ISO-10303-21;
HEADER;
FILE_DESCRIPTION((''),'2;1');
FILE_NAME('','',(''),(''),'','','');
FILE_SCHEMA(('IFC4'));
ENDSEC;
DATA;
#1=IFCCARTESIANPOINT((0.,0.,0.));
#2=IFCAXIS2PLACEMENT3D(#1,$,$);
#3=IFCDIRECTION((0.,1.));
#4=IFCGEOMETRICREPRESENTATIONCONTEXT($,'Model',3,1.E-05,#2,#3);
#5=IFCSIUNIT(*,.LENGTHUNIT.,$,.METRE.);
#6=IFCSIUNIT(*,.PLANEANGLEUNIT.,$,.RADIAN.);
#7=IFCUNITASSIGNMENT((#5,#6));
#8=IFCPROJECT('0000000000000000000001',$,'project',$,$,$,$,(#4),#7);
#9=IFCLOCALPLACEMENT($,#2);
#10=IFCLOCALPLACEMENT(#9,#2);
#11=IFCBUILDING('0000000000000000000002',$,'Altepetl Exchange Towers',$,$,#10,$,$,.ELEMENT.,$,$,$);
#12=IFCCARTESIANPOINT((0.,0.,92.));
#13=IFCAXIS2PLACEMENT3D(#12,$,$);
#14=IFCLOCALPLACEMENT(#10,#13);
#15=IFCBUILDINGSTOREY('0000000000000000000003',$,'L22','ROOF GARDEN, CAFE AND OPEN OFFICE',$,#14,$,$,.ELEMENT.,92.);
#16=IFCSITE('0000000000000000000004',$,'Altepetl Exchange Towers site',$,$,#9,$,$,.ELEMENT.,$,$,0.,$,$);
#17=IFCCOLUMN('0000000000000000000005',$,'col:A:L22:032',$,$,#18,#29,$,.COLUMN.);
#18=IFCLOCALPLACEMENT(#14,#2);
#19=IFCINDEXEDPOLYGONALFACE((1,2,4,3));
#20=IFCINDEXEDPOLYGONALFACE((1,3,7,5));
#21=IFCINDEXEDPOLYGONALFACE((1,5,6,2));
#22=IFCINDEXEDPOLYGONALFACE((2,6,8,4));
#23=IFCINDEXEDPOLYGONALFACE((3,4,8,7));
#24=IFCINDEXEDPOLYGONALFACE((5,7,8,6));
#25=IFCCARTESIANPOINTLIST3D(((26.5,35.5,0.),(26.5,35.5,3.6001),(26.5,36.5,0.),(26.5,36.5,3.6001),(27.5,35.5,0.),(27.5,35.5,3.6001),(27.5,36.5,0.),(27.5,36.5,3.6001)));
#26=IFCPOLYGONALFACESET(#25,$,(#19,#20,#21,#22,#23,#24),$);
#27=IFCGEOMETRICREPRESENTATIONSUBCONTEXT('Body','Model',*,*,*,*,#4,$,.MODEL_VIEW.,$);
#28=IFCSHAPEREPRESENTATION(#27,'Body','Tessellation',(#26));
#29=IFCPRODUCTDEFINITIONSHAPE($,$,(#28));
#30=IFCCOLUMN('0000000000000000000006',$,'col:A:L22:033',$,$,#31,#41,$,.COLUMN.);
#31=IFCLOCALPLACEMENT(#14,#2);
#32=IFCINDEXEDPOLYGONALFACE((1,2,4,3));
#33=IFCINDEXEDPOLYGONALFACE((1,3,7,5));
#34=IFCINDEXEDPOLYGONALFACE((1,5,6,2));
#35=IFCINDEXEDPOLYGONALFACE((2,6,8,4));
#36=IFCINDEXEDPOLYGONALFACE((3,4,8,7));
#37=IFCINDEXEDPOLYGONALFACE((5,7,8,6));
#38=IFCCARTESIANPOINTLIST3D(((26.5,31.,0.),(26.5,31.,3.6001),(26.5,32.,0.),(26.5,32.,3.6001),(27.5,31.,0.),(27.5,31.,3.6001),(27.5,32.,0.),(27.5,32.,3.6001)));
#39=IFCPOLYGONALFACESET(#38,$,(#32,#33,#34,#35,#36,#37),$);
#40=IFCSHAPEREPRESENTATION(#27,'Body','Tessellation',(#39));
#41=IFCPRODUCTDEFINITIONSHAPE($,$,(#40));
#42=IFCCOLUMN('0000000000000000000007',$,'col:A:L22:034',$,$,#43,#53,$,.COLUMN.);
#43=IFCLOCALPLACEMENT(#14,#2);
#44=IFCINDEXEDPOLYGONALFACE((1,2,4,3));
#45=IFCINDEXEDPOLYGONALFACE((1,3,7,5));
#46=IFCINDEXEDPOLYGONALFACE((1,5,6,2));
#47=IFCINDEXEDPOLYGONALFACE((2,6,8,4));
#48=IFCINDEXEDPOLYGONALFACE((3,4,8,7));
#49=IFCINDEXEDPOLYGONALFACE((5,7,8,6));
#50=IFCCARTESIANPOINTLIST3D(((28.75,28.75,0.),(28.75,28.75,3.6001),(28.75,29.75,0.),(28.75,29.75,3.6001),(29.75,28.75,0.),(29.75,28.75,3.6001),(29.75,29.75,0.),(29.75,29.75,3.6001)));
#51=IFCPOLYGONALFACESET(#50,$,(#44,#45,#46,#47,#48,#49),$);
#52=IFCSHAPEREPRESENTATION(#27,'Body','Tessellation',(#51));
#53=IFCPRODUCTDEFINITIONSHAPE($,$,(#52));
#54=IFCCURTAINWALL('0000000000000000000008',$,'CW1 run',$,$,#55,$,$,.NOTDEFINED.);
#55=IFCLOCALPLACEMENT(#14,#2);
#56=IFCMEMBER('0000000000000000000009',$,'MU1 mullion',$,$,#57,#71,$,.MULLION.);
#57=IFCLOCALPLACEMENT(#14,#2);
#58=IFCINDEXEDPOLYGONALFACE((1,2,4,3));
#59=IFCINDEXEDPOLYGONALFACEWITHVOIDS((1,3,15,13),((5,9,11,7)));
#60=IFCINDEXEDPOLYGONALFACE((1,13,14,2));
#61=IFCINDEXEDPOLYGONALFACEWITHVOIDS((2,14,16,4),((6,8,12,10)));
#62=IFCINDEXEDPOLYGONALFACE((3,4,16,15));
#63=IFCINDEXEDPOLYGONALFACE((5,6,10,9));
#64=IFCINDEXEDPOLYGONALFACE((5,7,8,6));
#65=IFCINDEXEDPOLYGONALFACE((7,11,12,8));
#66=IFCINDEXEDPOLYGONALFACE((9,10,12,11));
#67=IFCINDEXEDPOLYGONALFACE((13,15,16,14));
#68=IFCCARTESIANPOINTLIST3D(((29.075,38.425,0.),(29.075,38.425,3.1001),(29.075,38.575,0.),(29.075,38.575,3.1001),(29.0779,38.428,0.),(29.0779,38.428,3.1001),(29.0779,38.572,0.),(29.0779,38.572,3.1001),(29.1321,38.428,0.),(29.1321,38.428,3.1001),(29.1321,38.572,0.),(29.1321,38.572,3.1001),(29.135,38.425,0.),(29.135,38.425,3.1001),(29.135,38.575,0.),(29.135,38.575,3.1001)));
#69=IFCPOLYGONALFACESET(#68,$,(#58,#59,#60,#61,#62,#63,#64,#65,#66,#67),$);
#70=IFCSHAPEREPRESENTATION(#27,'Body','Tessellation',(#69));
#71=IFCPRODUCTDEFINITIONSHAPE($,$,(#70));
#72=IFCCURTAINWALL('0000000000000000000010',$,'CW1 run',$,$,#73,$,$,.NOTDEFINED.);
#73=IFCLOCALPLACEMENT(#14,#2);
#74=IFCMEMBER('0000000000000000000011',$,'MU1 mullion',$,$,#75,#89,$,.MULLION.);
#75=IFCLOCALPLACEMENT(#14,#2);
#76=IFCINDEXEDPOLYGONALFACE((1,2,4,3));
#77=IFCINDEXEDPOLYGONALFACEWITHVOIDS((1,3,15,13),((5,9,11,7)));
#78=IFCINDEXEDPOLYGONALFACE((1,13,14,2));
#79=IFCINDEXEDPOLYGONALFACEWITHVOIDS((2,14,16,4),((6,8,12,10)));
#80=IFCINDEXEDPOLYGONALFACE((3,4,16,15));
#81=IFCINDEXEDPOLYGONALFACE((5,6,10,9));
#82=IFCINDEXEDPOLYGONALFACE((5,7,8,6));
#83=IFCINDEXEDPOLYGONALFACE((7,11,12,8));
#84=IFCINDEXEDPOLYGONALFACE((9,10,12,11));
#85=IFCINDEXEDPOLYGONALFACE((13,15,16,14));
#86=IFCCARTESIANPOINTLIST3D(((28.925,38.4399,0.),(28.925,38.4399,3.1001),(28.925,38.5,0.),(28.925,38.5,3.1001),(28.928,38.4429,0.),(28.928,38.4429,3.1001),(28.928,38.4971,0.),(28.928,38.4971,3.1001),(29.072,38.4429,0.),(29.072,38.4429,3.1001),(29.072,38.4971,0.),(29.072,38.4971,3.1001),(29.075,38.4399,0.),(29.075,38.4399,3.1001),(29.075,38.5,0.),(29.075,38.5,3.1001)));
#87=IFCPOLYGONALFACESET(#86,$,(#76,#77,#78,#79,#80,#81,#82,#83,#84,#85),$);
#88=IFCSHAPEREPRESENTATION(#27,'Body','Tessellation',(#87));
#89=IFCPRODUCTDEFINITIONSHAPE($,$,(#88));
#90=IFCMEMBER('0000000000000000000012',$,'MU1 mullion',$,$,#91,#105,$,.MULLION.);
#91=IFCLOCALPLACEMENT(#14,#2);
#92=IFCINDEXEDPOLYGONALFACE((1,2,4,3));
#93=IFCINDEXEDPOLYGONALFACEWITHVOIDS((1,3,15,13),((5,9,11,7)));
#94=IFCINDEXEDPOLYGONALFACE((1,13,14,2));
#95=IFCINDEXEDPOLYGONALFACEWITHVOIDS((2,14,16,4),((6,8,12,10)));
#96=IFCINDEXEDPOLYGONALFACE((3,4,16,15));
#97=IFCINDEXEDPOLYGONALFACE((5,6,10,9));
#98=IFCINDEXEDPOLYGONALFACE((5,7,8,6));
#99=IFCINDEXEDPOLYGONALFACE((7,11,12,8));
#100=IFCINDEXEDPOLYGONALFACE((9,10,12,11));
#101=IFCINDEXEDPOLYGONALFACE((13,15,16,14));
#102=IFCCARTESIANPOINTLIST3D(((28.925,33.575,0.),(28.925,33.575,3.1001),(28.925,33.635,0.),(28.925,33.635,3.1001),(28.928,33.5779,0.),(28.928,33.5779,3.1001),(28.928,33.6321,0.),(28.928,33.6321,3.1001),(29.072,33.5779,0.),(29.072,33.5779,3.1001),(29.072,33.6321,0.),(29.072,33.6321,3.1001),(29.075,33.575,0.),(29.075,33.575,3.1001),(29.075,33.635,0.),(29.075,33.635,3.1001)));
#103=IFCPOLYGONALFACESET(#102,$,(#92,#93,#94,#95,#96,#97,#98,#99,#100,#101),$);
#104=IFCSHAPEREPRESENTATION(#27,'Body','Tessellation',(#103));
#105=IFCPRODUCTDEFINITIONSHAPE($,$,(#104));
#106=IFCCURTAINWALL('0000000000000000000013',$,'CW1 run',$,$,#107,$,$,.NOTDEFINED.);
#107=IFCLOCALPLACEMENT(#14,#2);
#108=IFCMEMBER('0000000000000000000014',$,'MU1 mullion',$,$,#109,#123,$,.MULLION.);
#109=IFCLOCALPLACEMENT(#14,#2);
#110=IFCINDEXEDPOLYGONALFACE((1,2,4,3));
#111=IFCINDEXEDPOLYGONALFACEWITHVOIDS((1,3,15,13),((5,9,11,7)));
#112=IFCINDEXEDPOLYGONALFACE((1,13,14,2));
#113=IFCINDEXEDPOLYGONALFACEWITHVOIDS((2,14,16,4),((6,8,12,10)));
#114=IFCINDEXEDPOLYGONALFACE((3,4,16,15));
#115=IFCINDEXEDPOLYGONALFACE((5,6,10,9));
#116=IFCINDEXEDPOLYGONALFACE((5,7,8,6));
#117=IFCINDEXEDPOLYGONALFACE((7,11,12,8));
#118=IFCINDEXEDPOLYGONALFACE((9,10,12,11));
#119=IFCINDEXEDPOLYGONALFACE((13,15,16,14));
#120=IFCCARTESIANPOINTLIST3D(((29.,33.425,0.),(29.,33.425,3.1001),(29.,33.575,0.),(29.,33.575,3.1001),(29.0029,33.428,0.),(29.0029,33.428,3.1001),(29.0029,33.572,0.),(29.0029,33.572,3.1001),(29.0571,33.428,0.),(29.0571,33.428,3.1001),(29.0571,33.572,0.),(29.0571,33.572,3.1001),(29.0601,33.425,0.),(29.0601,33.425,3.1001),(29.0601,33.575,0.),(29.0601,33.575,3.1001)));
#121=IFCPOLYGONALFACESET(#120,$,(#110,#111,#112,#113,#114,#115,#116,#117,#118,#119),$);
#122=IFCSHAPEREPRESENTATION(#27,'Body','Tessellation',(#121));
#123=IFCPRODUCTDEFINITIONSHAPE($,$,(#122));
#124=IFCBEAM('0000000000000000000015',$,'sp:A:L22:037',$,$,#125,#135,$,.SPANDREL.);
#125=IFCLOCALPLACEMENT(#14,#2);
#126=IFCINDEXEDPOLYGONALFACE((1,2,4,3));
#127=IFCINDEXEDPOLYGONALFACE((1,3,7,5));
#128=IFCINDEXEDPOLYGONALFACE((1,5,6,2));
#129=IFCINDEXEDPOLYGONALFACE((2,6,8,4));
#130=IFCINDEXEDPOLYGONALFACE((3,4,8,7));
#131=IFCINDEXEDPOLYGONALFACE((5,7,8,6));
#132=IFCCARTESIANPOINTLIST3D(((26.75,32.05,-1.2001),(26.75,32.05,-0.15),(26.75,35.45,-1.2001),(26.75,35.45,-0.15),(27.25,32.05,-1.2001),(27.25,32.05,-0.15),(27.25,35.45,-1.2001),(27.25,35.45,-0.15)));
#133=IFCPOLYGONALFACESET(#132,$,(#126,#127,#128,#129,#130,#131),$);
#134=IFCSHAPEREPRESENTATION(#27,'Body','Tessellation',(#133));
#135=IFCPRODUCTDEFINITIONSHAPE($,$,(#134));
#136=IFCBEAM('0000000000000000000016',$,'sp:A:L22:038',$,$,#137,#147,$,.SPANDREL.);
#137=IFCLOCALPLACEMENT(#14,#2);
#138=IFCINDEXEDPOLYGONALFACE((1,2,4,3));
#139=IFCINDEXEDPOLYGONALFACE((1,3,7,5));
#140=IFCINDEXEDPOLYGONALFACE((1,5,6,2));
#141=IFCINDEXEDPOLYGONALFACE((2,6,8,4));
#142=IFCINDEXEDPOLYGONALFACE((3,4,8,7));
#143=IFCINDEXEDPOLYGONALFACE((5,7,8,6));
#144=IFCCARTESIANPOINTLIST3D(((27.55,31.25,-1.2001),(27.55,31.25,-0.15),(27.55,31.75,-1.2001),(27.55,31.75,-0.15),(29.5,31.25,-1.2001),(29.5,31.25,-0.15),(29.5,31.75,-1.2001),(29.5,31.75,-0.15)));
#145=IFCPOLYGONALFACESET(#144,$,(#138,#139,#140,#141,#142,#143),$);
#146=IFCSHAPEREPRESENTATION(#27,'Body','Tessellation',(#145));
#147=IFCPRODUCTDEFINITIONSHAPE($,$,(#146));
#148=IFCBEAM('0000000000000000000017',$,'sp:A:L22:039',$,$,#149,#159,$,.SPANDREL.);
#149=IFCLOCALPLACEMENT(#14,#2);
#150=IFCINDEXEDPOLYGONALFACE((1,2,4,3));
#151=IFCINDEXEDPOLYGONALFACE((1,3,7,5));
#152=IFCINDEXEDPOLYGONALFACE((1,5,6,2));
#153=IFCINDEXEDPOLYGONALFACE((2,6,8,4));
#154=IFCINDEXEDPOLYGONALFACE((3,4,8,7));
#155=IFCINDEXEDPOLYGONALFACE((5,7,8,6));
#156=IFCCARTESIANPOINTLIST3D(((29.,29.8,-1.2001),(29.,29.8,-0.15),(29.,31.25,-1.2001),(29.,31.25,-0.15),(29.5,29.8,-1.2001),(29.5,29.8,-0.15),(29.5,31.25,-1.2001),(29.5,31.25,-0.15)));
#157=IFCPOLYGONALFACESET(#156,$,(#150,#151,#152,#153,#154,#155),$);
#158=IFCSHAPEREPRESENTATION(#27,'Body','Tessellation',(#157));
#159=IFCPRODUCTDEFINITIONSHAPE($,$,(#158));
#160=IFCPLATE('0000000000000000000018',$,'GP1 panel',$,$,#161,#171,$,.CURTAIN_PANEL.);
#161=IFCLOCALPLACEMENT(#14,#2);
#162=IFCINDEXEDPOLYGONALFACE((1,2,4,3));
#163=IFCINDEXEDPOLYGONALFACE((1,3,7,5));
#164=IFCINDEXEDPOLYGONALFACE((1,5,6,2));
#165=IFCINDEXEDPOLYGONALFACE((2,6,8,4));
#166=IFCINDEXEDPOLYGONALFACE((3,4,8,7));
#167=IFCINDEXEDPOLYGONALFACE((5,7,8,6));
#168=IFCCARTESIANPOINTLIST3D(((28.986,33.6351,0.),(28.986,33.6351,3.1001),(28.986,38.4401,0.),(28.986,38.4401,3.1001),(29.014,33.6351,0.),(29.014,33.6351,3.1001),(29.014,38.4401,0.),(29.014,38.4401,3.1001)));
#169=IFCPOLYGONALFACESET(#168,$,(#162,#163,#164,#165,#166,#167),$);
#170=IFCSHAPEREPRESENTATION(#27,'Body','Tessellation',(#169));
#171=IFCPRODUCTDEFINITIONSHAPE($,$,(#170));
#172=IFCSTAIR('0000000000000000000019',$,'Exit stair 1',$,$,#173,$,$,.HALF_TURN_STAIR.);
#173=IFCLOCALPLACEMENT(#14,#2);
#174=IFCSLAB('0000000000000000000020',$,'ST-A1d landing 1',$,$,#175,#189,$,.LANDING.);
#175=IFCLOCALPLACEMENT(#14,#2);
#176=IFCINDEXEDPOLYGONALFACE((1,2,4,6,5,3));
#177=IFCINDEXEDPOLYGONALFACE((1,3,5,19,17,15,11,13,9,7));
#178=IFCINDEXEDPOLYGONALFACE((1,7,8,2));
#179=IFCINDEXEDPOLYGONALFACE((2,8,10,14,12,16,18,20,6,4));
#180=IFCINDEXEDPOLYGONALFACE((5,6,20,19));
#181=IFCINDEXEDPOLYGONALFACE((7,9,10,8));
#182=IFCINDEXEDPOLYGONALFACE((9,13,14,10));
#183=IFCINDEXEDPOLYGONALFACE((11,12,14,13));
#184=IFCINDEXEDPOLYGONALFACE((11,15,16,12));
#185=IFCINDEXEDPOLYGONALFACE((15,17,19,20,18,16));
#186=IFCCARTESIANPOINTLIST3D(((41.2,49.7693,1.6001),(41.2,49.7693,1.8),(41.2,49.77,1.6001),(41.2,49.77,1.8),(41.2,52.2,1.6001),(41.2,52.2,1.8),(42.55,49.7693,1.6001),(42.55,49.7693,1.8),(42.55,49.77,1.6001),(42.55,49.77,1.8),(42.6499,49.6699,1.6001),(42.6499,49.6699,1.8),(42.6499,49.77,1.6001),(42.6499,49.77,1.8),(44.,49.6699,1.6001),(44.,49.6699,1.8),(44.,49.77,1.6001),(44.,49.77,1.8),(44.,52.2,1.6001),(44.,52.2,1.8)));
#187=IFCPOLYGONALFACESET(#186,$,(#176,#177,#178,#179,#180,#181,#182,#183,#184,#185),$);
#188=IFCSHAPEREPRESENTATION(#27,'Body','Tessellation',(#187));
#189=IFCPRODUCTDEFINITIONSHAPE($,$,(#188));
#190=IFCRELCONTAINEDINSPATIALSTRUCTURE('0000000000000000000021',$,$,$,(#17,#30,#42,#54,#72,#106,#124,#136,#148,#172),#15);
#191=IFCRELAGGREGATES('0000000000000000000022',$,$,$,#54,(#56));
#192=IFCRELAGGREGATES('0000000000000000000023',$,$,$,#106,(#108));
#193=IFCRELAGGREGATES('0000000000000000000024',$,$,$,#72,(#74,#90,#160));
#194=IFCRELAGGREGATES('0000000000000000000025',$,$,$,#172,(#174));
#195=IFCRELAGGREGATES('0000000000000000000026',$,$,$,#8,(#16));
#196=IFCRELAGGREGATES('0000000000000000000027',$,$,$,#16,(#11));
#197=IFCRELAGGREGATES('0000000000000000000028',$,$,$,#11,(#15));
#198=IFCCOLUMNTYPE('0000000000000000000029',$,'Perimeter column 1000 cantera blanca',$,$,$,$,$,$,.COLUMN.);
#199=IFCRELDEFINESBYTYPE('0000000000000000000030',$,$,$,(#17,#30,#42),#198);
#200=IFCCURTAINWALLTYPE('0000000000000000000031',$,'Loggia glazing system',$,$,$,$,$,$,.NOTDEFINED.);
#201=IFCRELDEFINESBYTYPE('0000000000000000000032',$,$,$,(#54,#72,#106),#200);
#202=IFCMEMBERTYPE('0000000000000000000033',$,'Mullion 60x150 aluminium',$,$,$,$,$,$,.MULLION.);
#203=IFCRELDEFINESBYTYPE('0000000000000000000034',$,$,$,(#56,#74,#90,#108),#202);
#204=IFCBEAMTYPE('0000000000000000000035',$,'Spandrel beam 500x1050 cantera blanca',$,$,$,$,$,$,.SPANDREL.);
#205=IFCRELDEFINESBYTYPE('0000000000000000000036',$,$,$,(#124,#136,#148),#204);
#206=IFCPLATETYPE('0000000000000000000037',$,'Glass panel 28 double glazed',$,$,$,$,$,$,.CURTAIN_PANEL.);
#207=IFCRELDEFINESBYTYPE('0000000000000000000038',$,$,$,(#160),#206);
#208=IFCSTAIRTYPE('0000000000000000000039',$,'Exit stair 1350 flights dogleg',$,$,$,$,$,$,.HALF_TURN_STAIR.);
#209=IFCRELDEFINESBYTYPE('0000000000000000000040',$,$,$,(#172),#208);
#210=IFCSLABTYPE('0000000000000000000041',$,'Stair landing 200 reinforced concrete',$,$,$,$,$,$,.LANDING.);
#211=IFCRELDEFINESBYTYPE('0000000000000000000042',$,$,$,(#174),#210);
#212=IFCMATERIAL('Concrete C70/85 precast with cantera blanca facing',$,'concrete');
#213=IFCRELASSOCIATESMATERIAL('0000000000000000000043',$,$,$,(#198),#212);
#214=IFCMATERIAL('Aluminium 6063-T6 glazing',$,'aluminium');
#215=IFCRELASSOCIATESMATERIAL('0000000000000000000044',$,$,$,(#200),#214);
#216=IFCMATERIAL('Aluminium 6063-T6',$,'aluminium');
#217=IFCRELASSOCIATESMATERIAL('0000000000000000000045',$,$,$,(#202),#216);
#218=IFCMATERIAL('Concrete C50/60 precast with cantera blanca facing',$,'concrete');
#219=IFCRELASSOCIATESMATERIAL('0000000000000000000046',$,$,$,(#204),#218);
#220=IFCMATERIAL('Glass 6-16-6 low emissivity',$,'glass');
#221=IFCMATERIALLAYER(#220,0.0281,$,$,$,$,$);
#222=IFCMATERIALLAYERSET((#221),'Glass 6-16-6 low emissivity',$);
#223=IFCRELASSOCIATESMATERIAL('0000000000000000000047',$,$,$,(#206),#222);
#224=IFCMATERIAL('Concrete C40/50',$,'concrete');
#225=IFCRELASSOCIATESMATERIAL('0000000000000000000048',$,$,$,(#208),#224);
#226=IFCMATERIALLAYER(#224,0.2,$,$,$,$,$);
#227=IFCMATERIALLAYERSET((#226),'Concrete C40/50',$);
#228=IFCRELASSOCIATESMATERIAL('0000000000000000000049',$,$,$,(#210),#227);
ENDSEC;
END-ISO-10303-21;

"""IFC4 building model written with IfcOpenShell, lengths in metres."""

from ifc_helpers import new_model, si_unit, direction, frame, origin, origin_2d, place, context, subcontext, project, spatial, polyline, rectangle, hollow_rectangle, outline, extrude, material, layer, layer_set, material_profile, profile_set, type_object, element, aggregate, save


model = new_model("IFC4")

# Units and contexts
model_context = context("Model", 3, precision=1e-05, world=origin(), true_north=direction((0.0, 1.0)))
body_context = subcontext(model_context, "Body", "Model", "MODEL_VIEW")
ifc_project = project(units=[si_unit("LENGTHUNIT", "METRE"), si_unit("PLANEANGLEUNIT", "RADIAN")], contexts=[model_context])

# Site, building, storey
site_placement = place(None, origin())
site = spatial("IfcSite", under=ifc_project, at=site_placement, Name="Altepetl Exchange Towers site", CompositionType="ELEMENT", RefElevation=0.0)
building_placement = place(site_placement, origin())
building = spatial("IfcBuilding", under=site, at=building_placement, Name="Altepetl Exchange Towers", CompositionType="ELEMENT")
storey_placement = place(building_placement, frame((0.0, 0.0, 92.0)))
storey = spatial("IfcBuildingStorey", under=building, at=storey_placement, Name="L22", Description="ROOF GARDEN, CAFE AND OPEN OFFICE", CompositionType="ELEMENT", Elevation=92.0)

# Columns
ifc_material_1 = material(Name="Concrete C70/85 precast with cantera blanca facing", Category="concrete")
ifc_material_profile_1 = material_profile(ifc_material_1, rectangle(XDim=1.0, YDim=1.0, at=origin_2d()), Name="1000 x 1000")
ifc_profile_set_1 = profile_set([ifc_material_profile_1], Name="Concrete C70/85 precast with cantera blanca facing")
column_type = type_object("IfcColumnType", Name="Perimeter column 1000 cantera blanca", PredefinedType="COLUMN", material=ifc_profile_set_1)
for number, where, name in (
    (1, (27.0, 36.0, 0.0), "col:A:L22:032"),
    (2, (27.0, 31.5, 0.0), "col:A:L22:033"),
    (3, (29.25, 29.25, 0.0), "col:A:L22:034"),
):
    element("IfcColumn", number, at=place(storey_placement, frame(where)), inside=storey, type_object=column_type, Name=name, PredefinedType="COLUMN", context=body_context, shape_type="SweptSolid", body=[
        extrude(rectangle(XDim=1.0, YDim=1.0, at=origin_2d()), origin(), (0.0, 0.0, 1.0), 3.6001),
    ])

# Curtain wall, member
ifc_material_2 = material(Name="Aluminium 6063-T6 glazing", Category="aluminium")
curtain_wall_type = type_object("IfcCurtainWallType", Name="Loggia glazing system", PredefinedType="NOTDEFINED", material=ifc_material_2)
curtain_wall_1_placement = place(storey_placement, origin())
curtain_wall_1 = element("IfcCurtainWall", 4, at=curtain_wall_1_placement, inside=storey, type_object=curtain_wall_type, Name="CW1 run", PredefinedType="NOTDEFINED")
ifc_material_3 = material(Name="Aluminium 6063-T6", Category="aluminium")
ifc_material_profile_2 = material_profile(ifc_material_3, hollow_rectangle(XDim=0.0601, YDim=0.1499, WallThickness=0.0029, at=origin_2d()), Name="Mullion 60x150 aluminium")
ifc_profile_set_2 = profile_set([ifc_material_profile_2], Name="Aluminium 6063-T6")
member_type = type_object("IfcMemberType", Name="Mullion 60x150 aluminium", PredefinedType="MULLION", material=ifc_profile_set_2)
member_1_placement = place(storey_placement, frame((29.105, 38.5, 0.0), z_axis=(0.0, 0.0, 1.0), x_axis=(-1.0, 0.0, 0.0)))
member_1 = element("IfcMember", 5, at=member_1_placement, type_object=member_type, Name="MU1 mullion", PredefinedType="MULLION", context=body_context, shape_type="SweptSolid", body=[
    extrude(hollow_rectangle(XDim=0.0601, YDim=0.1499, WallThickness=0.0029, at=origin_2d()), origin(), (0.0, 0.0, 1.0), 3.1001),
])
aggregate(curtain_wall_1, [member_1])

# Curtain wall, members
curtain_wall_2_placement = place(storey_placement, origin())
curtain_wall_2 = element("IfcCurtainWall", 6, at=curtain_wall_2_placement, inside=storey, type_object=curtain_wall_type, Name="CW1 run", PredefinedType="NOTDEFINED")
member_2_placement = place(storey_placement, frame((29.0, 38.47, 0.0), z_axis=(0.0, 0.0, 1.0), x_axis=(0.0, -1.0, 0.0)))
member_2 = element("IfcMember", 7, at=member_2_placement, type_object=member_type, Name="MU1 mullion", PredefinedType="MULLION", context=body_context, shape_type="SweptSolid", body=[
    extrude(hollow_rectangle(XDim=0.0601, YDim=0.1499, WallThickness=0.0029, at=origin_2d()), origin(), (0.0, 0.0, 1.0), 3.1001),
])
member_3_placement = place(storey_placement, frame((29.0, 33.605, 0.0), z_axis=(0.0, 0.0, 1.0), x_axis=(0.0, -1.0, 0.0)))
member_3 = element("IfcMember", 8, at=member_3_placement, type_object=member_type, Name="MU1 mullion", PredefinedType="MULLION", context=body_context, shape_type="SweptSolid", body=[
    extrude(hollow_rectangle(XDim=0.0601, YDim=0.1499, WallThickness=0.0029, at=origin_2d()), origin(), (0.0, 0.0, 1.0), 3.1001),
])

# Curtain wall, member
curtain_wall_3_placement = place(storey_placement, origin())
curtain_wall_3 = element("IfcCurtainWall", 9, at=curtain_wall_3_placement, inside=storey, type_object=curtain_wall_type, Name="CW1 run", PredefinedType="NOTDEFINED")
member_4_placement = place(storey_placement, frame((29.03, 33.5, 0.0)))
member_4 = element("IfcMember", 10, at=member_4_placement, type_object=member_type, Name="MU1 mullion", PredefinedType="MULLION", context=body_context, shape_type="SweptSolid", body=[
    extrude(hollow_rectangle(XDim=0.0601, YDim=0.1499, WallThickness=0.0029, at=origin_2d()), origin(), (0.0, 0.0, 1.0), 3.1001),
])
aggregate(curtain_wall_3, [member_4])

# Beams
ifc_material_4 = material(Name="Concrete C50/60 precast with cantera blanca facing", Category="concrete")
ifc_material_profile_3 = material_profile(ifc_material_4, rectangle(XDim=0.5, YDim=1.05, at=origin_2d()), Name="500 x 1050")
ifc_profile_set_3 = profile_set([ifc_material_profile_3], Name="Concrete C50/60 precast with cantera blanca facing")
beam_type = type_object("IfcBeamType", Name="Spandrel beam 500x1050 cantera blanca", PredefinedType="SPANDREL", material=ifc_profile_set_3)
beam_1_placement = place(storey_placement, frame((27.0, 35.45, -0.675), z_axis=(0.0, -1.0, 0.0), x_axis=(1.0, 0.0, 0.0)))
element("IfcBeam", 11, at=beam_1_placement, inside=storey, type_object=beam_type, Name="sp:A:L22:037", PredefinedType="SPANDREL", context=body_context, shape_type="SweptSolid", body=[
    extrude(rectangle(XDim=0.5, YDim=1.05, at=origin_2d()), origin(), (0.0, 0.0, 1.0), 3.3999),
])
beam_2_placement = place(storey_placement, frame((27.55, 31.5, -0.675), z_axis=(1.0, 0.0, 0.0), x_axis=(0.0, 1.0, 0.0)))
element("IfcBeam", 12, at=beam_2_placement, inside=storey, type_object=beam_type, Name="sp:A:L22:038", PredefinedType="SPANDREL", context=body_context, shape_type="SweptSolid", body=[
    extrude(rectangle(XDim=0.5, YDim=1.05, at=origin_2d()), origin(), (0.0, 0.0, 1.0), 1.95),
])
beam_3_placement = place(storey_placement, frame((29.25, 31.25, -0.675), z_axis=(0.0, -1.0, 0.0), x_axis=(1.0, 0.0, 0.0)))
element("IfcBeam", 13, at=beam_3_placement, inside=storey, type_object=beam_type, Name="sp:A:L22:039", PredefinedType="SPANDREL", context=body_context, shape_type="SweptSolid", body=[
    extrude(rectangle(XDim=0.5, YDim=1.05, at=origin_2d()), origin(), (0.0, 0.0, 1.0), 1.45),
])

# Plate
ifc_material_5 = material(Name="Glass 6-16-6 low emissivity", Category="glass")
ifc_layer_1 = layer(ifc_material_5, 0.0281)
ifc_layer_set_1 = layer_set([ifc_layer_1], Name="Glass 6-16-6 low emissivity")
plate_type = type_object("IfcPlateType", Name="Glass panel 28 double glazed", PredefinedType="CURTAIN_PANEL", material=ifc_layer_set_1)
plate_placement = place(storey_placement, frame((29.0, 36.0376, 0.0), z_axis=(0.0, 0.0, 1.0), x_axis=(0.0, -1.0, 0.0)))
plate = element("IfcPlate", 14, at=plate_placement, type_object=plate_type, Name="GP1 panel", PredefinedType="CURTAIN_PANEL", context=body_context, shape_type="SweptSolid", body=[
    extrude(rectangle(XDim=4.8049, YDim=0.0281, at=origin_2d()), origin(), (0.0, 0.0, 1.0), 3.1001),
])
aggregate(curtain_wall_2, [member_2, member_3, plate])

# Stair, slab
ifc_material_6 = material(Name="Concrete C40/50", Category="concrete")
stair_type = type_object("IfcStairType", Name="Exit stair 1350 flights dogleg", PredefinedType="HALF_TURN_STAIR", material=ifc_material_6)
stair_1_placement = place(storey_placement, origin())
stair_1 = element("IfcStair", 15, at=stair_1_placement, inside=storey, type_object=stair_type, Name="Exit stair 1", PredefinedType="HALF_TURN_STAIR")
ifc_layer_2 = layer(ifc_material_6, 0.2)
ifc_layer_set_2 = layer_set([ifc_layer_2], Name="Concrete C40/50")
slab_type = type_object("IfcSlabType", Name="Stair landing 200 reinforced concrete", PredefinedType="LANDING", material=ifc_layer_set_2)
slab_1_placement = place(storey_placement, frame((0.0, 0.0, 1.6001)))
slab_1 = element("IfcSlab", 16, at=slab_1_placement, type_object=slab_type, Name="ST-A1d landing 1", PredefinedType="LANDING", context=body_context, shape_type="SweptSolid", body=[
    extrude(outline(polyline([(44.0, 49.6699), (42.6499, 49.6699), (42.6499, 49.77), (42.55, 49.77), (42.55, 49.7693), (41.2, 49.7693), (41.2, 49.77), (41.2, 52.2), (44.0, 52.2), (44.0, 49.77), (44.0, 49.6699)])), origin(), (0.0, 0.0, 1.0), 0.2),
])
aggregate(stair_1, [slab_1])

save(model, "model.ifc")
